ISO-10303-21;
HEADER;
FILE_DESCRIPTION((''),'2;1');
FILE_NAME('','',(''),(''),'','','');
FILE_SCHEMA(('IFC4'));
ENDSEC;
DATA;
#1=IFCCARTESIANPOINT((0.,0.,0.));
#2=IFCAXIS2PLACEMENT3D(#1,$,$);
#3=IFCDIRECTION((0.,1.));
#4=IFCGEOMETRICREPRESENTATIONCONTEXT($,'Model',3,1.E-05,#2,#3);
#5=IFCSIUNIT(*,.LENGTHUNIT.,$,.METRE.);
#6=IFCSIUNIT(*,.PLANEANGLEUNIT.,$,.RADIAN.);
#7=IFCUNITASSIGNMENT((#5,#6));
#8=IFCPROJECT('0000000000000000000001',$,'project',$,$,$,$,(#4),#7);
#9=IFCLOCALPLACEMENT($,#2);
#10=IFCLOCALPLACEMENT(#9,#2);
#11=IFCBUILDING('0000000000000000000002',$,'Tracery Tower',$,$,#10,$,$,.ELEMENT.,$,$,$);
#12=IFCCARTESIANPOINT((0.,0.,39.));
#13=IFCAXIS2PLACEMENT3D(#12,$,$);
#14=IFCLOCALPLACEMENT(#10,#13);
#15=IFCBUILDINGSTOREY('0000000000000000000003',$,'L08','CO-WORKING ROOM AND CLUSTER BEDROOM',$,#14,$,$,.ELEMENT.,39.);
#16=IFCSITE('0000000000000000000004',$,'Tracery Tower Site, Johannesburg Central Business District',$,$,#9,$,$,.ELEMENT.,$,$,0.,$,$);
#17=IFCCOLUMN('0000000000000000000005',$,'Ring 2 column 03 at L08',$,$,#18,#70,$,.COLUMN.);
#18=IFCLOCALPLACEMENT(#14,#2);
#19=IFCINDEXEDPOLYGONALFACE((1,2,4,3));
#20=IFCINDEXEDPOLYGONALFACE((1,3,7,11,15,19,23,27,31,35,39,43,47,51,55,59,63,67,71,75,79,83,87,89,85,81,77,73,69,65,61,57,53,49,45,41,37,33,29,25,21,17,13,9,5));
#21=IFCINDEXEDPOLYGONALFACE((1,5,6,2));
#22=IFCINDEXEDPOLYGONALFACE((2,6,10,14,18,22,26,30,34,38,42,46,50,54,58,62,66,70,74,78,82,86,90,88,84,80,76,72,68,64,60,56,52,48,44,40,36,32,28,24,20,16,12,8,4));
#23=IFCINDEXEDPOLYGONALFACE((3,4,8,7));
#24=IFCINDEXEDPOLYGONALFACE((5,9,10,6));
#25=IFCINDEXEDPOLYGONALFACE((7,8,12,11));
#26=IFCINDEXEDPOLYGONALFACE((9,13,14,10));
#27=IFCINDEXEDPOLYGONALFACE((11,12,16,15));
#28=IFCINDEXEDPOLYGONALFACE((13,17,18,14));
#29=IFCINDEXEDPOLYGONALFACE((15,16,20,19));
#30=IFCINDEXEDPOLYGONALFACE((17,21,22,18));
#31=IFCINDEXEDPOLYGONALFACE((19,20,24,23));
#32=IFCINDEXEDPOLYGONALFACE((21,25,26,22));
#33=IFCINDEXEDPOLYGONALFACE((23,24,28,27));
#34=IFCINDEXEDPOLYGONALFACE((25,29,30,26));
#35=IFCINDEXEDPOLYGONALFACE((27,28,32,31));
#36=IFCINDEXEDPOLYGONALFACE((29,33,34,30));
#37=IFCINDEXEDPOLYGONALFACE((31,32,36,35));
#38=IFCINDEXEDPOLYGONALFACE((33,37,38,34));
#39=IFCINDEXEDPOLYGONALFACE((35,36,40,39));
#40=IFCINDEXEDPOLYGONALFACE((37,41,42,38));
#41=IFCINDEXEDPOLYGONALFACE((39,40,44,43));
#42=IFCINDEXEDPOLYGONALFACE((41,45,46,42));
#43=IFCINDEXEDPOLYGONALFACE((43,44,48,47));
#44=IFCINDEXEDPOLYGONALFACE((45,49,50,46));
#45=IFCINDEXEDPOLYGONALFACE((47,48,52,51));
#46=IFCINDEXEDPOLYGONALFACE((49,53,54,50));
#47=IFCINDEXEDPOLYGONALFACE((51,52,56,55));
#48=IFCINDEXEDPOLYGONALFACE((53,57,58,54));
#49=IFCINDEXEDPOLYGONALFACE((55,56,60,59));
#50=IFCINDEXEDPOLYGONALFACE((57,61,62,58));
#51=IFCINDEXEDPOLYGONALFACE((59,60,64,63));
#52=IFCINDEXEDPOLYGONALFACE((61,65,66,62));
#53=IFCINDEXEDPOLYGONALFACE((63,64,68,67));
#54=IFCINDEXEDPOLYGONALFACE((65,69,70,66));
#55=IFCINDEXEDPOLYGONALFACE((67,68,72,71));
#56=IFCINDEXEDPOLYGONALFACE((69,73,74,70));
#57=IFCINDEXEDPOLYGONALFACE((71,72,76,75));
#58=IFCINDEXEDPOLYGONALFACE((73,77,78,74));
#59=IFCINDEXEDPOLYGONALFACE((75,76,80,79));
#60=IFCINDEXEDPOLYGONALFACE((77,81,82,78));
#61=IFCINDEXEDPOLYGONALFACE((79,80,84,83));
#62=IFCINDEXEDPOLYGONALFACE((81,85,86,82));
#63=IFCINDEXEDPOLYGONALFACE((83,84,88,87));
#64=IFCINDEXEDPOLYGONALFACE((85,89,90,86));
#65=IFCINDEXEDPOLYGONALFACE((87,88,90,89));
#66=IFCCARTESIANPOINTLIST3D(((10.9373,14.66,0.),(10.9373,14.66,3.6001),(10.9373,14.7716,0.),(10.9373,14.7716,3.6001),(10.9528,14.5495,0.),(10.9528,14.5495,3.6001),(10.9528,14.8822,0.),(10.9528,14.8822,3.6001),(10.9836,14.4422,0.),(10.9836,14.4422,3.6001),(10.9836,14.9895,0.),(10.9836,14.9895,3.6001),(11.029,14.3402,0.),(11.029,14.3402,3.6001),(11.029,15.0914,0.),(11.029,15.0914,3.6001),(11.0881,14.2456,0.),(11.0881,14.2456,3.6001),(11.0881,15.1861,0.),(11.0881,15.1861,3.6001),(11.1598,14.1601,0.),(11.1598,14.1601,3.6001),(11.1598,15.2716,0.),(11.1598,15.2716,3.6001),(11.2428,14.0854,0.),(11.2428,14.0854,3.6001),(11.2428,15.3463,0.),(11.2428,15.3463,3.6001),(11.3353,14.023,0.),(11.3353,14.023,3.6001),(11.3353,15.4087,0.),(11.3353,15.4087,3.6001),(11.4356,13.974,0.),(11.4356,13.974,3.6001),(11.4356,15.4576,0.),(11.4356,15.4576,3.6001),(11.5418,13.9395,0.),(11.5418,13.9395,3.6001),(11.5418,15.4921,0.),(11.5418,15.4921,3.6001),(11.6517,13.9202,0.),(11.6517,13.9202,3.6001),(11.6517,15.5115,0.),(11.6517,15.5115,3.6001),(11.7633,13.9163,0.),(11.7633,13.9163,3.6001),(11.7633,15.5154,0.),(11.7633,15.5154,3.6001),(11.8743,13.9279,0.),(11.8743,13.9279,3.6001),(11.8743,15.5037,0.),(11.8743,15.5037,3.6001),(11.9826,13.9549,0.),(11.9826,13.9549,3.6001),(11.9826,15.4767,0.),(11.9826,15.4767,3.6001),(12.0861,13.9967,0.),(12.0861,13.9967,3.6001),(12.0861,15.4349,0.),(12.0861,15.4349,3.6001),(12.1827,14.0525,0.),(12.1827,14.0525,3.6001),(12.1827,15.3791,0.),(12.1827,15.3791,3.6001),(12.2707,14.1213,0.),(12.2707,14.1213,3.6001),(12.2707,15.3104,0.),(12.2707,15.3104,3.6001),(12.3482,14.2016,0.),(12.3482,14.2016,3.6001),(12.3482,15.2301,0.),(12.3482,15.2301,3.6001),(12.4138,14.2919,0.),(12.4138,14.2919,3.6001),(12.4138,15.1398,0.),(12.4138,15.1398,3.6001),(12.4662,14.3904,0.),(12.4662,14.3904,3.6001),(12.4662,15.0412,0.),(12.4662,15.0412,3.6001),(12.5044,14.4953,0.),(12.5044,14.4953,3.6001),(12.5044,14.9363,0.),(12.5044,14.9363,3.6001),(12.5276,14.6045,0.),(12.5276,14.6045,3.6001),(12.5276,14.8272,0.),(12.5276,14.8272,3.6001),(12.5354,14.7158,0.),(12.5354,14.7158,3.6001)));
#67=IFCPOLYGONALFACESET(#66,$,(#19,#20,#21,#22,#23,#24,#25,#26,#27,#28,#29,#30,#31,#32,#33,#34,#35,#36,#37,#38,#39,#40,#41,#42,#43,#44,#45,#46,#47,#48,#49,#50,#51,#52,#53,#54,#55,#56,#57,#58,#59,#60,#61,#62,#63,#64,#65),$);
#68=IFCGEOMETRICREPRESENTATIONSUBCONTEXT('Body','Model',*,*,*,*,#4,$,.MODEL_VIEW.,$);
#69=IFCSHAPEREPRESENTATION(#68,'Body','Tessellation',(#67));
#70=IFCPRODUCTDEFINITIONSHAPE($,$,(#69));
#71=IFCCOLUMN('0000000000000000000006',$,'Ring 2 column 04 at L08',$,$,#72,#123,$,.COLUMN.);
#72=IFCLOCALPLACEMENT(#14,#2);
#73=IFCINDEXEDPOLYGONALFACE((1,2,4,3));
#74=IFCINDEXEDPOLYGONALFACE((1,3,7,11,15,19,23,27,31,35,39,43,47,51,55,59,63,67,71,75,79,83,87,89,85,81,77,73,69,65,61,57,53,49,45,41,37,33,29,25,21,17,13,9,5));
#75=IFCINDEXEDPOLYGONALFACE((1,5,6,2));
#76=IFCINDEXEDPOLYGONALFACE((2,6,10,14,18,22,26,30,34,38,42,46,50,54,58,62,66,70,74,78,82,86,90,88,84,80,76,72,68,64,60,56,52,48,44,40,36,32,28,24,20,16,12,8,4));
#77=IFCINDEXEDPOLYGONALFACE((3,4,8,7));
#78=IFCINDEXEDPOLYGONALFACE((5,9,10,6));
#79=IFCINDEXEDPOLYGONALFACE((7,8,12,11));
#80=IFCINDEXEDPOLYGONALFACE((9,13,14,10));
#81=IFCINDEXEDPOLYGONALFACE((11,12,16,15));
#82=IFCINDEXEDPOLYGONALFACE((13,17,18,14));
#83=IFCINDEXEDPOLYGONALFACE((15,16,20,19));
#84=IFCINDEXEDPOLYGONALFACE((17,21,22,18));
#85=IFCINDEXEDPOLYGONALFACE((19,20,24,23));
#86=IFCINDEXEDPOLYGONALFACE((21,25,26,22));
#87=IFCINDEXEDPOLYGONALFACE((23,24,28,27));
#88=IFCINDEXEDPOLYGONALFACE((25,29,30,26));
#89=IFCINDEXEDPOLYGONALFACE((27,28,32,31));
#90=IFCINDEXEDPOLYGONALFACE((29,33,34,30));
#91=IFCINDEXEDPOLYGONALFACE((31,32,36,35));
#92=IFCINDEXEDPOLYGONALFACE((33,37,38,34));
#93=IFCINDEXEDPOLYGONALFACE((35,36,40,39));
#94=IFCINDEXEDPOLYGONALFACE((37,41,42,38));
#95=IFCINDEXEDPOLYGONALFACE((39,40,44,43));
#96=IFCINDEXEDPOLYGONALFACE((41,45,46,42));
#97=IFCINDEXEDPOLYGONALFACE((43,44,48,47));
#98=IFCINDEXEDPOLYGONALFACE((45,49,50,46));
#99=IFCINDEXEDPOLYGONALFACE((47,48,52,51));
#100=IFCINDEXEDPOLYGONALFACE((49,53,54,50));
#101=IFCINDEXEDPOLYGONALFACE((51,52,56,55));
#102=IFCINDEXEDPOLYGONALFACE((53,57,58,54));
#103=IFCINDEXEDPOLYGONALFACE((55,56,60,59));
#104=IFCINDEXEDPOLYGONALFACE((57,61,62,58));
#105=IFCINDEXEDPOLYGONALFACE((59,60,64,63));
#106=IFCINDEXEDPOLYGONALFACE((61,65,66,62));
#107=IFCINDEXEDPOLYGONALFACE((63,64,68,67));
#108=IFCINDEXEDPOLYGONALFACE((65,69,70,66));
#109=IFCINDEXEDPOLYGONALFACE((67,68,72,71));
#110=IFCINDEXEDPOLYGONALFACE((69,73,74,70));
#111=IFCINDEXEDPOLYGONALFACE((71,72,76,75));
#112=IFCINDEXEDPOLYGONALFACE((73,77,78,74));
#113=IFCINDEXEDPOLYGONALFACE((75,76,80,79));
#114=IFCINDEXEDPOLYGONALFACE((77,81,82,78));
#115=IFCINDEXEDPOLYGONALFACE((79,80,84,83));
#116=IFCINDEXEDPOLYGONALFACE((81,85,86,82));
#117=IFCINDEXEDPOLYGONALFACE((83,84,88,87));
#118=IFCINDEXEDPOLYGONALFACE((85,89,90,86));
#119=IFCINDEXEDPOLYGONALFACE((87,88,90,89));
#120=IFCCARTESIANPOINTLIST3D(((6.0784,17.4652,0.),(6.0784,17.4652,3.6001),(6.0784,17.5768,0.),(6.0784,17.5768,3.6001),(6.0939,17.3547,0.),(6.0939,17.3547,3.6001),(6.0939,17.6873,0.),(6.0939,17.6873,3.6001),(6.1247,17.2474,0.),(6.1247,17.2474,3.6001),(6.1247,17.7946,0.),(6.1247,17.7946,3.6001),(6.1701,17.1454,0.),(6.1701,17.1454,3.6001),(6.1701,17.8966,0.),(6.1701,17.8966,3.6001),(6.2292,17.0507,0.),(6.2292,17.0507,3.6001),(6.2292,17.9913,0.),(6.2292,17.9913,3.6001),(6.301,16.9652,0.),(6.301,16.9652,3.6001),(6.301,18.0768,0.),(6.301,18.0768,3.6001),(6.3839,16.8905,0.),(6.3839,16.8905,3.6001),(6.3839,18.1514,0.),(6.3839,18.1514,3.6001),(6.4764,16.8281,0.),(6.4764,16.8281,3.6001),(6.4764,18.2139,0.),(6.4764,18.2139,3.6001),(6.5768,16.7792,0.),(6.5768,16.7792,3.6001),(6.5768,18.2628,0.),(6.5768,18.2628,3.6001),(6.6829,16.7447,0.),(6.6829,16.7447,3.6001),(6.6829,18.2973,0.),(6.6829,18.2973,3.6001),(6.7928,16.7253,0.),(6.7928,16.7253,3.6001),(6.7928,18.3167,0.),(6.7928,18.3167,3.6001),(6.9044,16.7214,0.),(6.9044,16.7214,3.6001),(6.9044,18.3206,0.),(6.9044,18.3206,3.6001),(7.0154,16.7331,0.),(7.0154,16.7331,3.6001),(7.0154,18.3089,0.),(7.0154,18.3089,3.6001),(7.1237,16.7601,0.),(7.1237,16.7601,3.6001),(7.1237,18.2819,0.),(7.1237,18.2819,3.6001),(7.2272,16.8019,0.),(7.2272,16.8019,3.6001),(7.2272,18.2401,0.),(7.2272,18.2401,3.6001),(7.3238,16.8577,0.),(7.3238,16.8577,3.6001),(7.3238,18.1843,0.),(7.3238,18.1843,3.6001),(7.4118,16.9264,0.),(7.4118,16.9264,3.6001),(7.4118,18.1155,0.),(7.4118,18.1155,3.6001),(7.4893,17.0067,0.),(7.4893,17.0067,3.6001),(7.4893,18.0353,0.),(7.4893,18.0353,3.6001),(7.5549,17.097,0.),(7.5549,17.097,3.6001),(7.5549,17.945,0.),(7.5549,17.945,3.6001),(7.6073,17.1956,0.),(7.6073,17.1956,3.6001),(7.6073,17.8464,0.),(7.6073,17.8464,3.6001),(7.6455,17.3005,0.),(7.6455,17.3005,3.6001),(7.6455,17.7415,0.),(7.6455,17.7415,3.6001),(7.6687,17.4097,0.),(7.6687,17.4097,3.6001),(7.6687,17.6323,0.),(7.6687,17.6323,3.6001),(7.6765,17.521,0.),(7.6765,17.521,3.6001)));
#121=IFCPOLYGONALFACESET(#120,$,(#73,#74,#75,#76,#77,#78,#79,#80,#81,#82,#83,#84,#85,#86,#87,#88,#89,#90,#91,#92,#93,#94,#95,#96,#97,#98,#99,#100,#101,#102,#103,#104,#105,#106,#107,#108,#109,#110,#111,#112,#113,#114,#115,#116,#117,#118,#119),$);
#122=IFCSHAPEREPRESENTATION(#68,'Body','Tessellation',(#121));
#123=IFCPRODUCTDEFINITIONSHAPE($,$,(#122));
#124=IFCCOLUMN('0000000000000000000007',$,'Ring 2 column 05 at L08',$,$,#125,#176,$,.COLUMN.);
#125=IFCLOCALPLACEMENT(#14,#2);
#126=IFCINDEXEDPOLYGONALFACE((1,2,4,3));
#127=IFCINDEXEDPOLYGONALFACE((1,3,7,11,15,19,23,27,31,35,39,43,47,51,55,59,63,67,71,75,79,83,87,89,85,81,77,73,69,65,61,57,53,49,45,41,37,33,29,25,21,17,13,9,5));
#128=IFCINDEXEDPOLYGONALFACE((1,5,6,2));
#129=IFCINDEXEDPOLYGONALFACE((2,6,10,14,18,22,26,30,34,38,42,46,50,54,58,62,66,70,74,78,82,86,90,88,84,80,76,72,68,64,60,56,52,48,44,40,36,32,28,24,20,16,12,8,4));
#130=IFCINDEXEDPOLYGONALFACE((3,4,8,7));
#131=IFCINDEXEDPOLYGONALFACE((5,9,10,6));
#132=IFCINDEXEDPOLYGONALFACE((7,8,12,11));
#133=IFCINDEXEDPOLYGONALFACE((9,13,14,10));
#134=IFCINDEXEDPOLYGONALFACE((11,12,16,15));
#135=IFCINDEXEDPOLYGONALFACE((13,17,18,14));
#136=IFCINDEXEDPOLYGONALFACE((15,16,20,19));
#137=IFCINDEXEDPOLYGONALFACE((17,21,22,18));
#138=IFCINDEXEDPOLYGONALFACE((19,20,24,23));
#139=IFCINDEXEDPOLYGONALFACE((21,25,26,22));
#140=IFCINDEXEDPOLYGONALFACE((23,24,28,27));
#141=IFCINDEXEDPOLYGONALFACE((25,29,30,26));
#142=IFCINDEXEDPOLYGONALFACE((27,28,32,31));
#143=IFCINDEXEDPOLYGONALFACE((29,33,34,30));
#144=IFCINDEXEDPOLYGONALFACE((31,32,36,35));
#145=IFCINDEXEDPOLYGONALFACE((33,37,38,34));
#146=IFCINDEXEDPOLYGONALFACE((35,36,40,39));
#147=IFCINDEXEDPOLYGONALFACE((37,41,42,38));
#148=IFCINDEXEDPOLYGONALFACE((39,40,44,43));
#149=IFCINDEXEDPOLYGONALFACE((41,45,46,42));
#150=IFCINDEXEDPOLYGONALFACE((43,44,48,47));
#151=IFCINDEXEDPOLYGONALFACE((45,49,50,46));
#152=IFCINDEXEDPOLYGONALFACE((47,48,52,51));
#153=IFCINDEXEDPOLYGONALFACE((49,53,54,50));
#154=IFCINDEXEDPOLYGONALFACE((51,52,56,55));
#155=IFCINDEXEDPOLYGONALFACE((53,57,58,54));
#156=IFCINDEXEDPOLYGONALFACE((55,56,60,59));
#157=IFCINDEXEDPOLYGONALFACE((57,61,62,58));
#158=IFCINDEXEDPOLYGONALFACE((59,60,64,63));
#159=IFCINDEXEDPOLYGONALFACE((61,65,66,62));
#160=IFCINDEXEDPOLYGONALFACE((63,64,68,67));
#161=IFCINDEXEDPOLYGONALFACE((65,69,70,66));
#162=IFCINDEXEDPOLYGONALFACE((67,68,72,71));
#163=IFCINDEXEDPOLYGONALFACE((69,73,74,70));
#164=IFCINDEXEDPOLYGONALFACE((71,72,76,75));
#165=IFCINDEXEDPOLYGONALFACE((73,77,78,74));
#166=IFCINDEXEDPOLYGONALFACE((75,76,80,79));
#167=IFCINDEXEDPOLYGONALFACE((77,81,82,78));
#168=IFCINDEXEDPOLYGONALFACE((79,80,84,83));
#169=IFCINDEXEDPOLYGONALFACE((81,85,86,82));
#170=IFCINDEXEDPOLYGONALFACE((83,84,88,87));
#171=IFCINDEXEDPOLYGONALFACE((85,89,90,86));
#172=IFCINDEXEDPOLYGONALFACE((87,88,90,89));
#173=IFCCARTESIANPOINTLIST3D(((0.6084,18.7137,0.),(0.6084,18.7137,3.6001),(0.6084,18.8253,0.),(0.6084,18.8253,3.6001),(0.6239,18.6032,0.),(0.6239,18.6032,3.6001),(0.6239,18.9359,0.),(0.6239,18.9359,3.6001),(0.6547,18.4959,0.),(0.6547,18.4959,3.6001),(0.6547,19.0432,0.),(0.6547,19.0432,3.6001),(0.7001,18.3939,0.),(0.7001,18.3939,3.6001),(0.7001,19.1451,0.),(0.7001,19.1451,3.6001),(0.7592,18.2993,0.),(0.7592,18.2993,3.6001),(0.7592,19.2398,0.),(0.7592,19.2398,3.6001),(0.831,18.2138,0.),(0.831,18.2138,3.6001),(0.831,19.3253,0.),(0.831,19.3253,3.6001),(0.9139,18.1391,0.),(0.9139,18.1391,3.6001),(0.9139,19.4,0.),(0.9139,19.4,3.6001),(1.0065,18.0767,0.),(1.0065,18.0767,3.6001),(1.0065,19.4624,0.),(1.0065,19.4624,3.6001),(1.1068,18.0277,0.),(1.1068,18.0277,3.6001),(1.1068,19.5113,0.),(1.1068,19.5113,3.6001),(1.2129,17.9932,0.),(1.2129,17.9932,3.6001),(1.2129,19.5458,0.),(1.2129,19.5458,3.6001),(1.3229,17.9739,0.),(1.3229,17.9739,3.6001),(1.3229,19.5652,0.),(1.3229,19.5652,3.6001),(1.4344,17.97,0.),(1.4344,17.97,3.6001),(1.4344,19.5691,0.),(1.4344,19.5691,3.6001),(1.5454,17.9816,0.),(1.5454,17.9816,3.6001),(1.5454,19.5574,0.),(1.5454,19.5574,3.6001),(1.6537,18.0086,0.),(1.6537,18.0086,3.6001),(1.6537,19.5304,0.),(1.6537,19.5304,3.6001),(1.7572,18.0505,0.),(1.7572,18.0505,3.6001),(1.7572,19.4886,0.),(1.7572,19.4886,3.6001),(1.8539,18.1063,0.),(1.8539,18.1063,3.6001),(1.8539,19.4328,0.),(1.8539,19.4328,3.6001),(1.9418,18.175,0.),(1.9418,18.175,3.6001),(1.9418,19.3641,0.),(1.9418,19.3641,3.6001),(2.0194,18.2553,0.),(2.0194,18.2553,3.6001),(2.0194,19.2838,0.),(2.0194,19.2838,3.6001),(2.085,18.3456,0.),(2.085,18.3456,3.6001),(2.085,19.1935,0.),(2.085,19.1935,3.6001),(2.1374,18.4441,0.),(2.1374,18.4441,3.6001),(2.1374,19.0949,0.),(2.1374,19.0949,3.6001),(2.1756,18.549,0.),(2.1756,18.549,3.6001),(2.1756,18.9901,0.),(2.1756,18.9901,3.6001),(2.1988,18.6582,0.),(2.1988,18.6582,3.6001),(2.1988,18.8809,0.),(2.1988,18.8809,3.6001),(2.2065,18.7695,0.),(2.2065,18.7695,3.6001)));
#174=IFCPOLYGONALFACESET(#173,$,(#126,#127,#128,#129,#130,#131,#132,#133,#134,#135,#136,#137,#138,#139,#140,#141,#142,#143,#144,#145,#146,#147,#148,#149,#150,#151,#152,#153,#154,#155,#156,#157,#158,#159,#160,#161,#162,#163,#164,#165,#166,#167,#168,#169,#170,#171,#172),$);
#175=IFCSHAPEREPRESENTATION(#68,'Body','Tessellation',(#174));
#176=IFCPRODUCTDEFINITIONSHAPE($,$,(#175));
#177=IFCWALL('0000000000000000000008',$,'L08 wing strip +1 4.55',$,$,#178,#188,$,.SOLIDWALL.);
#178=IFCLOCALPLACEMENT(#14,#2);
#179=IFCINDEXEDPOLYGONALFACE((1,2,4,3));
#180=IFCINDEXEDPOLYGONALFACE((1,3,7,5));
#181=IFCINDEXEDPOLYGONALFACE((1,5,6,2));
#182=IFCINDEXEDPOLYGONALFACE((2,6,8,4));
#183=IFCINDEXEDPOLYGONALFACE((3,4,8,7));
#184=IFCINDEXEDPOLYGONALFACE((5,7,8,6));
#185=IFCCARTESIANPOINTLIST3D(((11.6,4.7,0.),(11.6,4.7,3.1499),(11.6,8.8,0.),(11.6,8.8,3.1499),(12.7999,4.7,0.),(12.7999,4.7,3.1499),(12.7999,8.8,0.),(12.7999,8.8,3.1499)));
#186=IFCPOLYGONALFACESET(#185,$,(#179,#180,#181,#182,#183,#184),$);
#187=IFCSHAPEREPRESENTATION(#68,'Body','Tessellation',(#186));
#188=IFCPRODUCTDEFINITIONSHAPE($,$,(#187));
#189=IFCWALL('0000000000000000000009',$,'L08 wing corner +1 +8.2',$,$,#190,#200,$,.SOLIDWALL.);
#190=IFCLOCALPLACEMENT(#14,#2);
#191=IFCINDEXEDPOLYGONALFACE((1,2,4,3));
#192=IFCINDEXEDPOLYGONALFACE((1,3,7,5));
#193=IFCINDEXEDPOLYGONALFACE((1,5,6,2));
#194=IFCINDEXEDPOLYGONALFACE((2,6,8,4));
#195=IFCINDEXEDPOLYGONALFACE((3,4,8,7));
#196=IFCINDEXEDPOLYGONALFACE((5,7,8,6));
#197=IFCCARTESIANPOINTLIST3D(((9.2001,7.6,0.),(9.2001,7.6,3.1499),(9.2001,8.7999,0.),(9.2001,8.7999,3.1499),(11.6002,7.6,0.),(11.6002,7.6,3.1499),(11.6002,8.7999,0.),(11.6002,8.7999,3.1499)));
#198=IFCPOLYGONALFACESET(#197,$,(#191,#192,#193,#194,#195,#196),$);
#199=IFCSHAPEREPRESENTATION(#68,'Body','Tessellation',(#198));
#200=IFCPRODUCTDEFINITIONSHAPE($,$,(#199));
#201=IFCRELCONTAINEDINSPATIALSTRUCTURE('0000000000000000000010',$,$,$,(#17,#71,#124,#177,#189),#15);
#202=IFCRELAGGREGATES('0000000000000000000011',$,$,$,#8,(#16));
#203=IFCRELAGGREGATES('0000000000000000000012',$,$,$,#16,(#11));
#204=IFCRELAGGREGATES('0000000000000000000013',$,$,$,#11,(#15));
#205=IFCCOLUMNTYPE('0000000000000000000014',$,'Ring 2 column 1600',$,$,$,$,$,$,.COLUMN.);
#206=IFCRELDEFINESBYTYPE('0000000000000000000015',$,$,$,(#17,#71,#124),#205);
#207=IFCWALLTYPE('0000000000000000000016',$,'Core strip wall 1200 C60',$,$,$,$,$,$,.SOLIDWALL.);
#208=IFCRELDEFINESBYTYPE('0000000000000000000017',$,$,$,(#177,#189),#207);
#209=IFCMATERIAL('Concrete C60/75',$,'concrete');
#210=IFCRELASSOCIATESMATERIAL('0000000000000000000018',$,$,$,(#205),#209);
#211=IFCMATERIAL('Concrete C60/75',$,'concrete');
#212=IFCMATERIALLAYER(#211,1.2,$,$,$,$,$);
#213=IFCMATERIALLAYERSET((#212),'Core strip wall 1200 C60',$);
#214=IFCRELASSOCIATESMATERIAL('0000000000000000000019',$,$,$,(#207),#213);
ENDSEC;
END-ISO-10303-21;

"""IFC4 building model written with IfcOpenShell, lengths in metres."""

from ifc_helpers import new_model, si_unit, direction, frame, frame_2d, origin, origin_2d, place, context, subcontext, project, spatial, rectangle, circle, extrude, material, layer, layer_set, material_profile, profile_set, type_object, element, save


model = new_model("IFC4")

# Units and contexts
model_context = context("Model", 3, precision=1e-05, world=origin(), true_north=direction((0.0, 1.0)))
body_context = subcontext(model_context, "Body", "Model", "MODEL_VIEW")
ifc_project = project(units=[si_unit("LENGTHUNIT", "METRE"), si_unit("PLANEANGLEUNIT", "RADIAN")], contexts=[model_context])

# Site, building, storey
site_placement = place(None, origin())
site = spatial("IfcSite", under=ifc_project, at=site_placement, Name="Tracery Tower Site, Johannesburg Central Business District", CompositionType="ELEMENT", RefElevation=0.0)
building_placement = place(site_placement, origin())
building = spatial("IfcBuilding", under=site, at=building_placement, Name="Tracery Tower", CompositionType="ELEMENT")
storey_placement = place(building_placement, frame((0.0, 0.0, 39.0)))
storey = spatial("IfcBuildingStorey", under=building, at=storey_placement, Name="L08", Description="CO-WORKING ROOM AND CLUSTER BEDROOM", CompositionType="ELEMENT", Elevation=39.0)

# Columns
ifc_material_1 = material(Name="Concrete C60/75", Category="concrete")
ifc_material_profile_1 = material_profile(ifc_material_1, circle(Radius=0.8, at=origin_2d()), Name="RC D1600")
ifc_profile_set_1 = profile_set([ifc_material_profile_1], Name="Concrete C60/75")
column_type_1 = type_object("IfcColumnType", Name="Ring 2 column 1600", PredefinedType="COLUMN", material=ifc_profile_set_1)
for number, where, z_axis, x_axis, name in (
    (1, (11.7354, 14.7158, 0.0), (0.0, 0.0, 1.0), (1.0, 0.0, 0.0), "Ring 2 column 03 at L08"),
    (2, (6.8765, 17.521, 0.0), (0.0, 0.0, 1.0), (1.0, 0.0, 0.0), "Ring 2 column 04 at L08"),
    (3, (1.4065, 18.7695, 0.0), (0.0, 0.0, 1.0), (1.0, 0.0, 0.0), "Ring 2 column 05 at L08"),
):
    element("IfcColumn", number, at=place(storey_placement, frame(where, z_axis=z_axis, x_axis=x_axis)), inside=storey, type_object=column_type_1, Name=name, PredefinedType="COLUMN", context=body_context, shape_type="SweptSolid", body=[
        extrude(circle(Radius=0.8, at=origin_2d()), origin(), (0.0, 0.0, 1.0), 3.6001),
    ])

# Walls
ifc_material_2 = material(Name="Concrete C60/75", Category="concrete")
ifc_layer_1 = layer(ifc_material_2, 1.2)
ifc_layer_set_1 = layer_set([ifc_layer_1], Name="Core strip wall 1200 C60")
wall_type_1 = type_object("IfcWallType", Name="Core strip wall 1200 C60", PredefinedType="SOLIDWALL", material=ifc_layer_set_1)
wall_1_placement = place(storey_placement, frame((12.2, 4.7, 0.0), z_axis=(0.0, 0.0, 1.0), x_axis=(0.0, 1.0, 0.0)))
element("IfcWall", 4, at=wall_1_placement, inside=storey, type_object=wall_type_1, Name="L08 wing strip +1 4.55", PredefinedType="SOLIDWALL", context=body_context, shape_type="SweptSolid", body=[
    extrude(rectangle(XDim=4.1001, YDim=1.2, at=frame_2d((2.05, 0.0))), origin(), (0.0, 0.0, 1.0), 3.1499),
])
wall_2_placement = place(storey_placement, frame((9.2, 8.2, 0.0), z_axis=(0.0, 0.0, 1.0), x_axis=(1.0, 0.0, 0.0)))
element("IfcWall", 5, at=wall_2_placement, inside=storey, type_object=wall_type_1, Name="L08 wing corner +1 +8.2", PredefinedType="SOLIDWALL", context=body_context, shape_type="SweptSolid", body=[
    extrude(rectangle(XDim=2.4001, YDim=1.2, at=frame_2d((1.2002, 0.0))), origin(), (0.0, 0.0, 1.0), 3.1499),
])

save(model, "model.ifc")
